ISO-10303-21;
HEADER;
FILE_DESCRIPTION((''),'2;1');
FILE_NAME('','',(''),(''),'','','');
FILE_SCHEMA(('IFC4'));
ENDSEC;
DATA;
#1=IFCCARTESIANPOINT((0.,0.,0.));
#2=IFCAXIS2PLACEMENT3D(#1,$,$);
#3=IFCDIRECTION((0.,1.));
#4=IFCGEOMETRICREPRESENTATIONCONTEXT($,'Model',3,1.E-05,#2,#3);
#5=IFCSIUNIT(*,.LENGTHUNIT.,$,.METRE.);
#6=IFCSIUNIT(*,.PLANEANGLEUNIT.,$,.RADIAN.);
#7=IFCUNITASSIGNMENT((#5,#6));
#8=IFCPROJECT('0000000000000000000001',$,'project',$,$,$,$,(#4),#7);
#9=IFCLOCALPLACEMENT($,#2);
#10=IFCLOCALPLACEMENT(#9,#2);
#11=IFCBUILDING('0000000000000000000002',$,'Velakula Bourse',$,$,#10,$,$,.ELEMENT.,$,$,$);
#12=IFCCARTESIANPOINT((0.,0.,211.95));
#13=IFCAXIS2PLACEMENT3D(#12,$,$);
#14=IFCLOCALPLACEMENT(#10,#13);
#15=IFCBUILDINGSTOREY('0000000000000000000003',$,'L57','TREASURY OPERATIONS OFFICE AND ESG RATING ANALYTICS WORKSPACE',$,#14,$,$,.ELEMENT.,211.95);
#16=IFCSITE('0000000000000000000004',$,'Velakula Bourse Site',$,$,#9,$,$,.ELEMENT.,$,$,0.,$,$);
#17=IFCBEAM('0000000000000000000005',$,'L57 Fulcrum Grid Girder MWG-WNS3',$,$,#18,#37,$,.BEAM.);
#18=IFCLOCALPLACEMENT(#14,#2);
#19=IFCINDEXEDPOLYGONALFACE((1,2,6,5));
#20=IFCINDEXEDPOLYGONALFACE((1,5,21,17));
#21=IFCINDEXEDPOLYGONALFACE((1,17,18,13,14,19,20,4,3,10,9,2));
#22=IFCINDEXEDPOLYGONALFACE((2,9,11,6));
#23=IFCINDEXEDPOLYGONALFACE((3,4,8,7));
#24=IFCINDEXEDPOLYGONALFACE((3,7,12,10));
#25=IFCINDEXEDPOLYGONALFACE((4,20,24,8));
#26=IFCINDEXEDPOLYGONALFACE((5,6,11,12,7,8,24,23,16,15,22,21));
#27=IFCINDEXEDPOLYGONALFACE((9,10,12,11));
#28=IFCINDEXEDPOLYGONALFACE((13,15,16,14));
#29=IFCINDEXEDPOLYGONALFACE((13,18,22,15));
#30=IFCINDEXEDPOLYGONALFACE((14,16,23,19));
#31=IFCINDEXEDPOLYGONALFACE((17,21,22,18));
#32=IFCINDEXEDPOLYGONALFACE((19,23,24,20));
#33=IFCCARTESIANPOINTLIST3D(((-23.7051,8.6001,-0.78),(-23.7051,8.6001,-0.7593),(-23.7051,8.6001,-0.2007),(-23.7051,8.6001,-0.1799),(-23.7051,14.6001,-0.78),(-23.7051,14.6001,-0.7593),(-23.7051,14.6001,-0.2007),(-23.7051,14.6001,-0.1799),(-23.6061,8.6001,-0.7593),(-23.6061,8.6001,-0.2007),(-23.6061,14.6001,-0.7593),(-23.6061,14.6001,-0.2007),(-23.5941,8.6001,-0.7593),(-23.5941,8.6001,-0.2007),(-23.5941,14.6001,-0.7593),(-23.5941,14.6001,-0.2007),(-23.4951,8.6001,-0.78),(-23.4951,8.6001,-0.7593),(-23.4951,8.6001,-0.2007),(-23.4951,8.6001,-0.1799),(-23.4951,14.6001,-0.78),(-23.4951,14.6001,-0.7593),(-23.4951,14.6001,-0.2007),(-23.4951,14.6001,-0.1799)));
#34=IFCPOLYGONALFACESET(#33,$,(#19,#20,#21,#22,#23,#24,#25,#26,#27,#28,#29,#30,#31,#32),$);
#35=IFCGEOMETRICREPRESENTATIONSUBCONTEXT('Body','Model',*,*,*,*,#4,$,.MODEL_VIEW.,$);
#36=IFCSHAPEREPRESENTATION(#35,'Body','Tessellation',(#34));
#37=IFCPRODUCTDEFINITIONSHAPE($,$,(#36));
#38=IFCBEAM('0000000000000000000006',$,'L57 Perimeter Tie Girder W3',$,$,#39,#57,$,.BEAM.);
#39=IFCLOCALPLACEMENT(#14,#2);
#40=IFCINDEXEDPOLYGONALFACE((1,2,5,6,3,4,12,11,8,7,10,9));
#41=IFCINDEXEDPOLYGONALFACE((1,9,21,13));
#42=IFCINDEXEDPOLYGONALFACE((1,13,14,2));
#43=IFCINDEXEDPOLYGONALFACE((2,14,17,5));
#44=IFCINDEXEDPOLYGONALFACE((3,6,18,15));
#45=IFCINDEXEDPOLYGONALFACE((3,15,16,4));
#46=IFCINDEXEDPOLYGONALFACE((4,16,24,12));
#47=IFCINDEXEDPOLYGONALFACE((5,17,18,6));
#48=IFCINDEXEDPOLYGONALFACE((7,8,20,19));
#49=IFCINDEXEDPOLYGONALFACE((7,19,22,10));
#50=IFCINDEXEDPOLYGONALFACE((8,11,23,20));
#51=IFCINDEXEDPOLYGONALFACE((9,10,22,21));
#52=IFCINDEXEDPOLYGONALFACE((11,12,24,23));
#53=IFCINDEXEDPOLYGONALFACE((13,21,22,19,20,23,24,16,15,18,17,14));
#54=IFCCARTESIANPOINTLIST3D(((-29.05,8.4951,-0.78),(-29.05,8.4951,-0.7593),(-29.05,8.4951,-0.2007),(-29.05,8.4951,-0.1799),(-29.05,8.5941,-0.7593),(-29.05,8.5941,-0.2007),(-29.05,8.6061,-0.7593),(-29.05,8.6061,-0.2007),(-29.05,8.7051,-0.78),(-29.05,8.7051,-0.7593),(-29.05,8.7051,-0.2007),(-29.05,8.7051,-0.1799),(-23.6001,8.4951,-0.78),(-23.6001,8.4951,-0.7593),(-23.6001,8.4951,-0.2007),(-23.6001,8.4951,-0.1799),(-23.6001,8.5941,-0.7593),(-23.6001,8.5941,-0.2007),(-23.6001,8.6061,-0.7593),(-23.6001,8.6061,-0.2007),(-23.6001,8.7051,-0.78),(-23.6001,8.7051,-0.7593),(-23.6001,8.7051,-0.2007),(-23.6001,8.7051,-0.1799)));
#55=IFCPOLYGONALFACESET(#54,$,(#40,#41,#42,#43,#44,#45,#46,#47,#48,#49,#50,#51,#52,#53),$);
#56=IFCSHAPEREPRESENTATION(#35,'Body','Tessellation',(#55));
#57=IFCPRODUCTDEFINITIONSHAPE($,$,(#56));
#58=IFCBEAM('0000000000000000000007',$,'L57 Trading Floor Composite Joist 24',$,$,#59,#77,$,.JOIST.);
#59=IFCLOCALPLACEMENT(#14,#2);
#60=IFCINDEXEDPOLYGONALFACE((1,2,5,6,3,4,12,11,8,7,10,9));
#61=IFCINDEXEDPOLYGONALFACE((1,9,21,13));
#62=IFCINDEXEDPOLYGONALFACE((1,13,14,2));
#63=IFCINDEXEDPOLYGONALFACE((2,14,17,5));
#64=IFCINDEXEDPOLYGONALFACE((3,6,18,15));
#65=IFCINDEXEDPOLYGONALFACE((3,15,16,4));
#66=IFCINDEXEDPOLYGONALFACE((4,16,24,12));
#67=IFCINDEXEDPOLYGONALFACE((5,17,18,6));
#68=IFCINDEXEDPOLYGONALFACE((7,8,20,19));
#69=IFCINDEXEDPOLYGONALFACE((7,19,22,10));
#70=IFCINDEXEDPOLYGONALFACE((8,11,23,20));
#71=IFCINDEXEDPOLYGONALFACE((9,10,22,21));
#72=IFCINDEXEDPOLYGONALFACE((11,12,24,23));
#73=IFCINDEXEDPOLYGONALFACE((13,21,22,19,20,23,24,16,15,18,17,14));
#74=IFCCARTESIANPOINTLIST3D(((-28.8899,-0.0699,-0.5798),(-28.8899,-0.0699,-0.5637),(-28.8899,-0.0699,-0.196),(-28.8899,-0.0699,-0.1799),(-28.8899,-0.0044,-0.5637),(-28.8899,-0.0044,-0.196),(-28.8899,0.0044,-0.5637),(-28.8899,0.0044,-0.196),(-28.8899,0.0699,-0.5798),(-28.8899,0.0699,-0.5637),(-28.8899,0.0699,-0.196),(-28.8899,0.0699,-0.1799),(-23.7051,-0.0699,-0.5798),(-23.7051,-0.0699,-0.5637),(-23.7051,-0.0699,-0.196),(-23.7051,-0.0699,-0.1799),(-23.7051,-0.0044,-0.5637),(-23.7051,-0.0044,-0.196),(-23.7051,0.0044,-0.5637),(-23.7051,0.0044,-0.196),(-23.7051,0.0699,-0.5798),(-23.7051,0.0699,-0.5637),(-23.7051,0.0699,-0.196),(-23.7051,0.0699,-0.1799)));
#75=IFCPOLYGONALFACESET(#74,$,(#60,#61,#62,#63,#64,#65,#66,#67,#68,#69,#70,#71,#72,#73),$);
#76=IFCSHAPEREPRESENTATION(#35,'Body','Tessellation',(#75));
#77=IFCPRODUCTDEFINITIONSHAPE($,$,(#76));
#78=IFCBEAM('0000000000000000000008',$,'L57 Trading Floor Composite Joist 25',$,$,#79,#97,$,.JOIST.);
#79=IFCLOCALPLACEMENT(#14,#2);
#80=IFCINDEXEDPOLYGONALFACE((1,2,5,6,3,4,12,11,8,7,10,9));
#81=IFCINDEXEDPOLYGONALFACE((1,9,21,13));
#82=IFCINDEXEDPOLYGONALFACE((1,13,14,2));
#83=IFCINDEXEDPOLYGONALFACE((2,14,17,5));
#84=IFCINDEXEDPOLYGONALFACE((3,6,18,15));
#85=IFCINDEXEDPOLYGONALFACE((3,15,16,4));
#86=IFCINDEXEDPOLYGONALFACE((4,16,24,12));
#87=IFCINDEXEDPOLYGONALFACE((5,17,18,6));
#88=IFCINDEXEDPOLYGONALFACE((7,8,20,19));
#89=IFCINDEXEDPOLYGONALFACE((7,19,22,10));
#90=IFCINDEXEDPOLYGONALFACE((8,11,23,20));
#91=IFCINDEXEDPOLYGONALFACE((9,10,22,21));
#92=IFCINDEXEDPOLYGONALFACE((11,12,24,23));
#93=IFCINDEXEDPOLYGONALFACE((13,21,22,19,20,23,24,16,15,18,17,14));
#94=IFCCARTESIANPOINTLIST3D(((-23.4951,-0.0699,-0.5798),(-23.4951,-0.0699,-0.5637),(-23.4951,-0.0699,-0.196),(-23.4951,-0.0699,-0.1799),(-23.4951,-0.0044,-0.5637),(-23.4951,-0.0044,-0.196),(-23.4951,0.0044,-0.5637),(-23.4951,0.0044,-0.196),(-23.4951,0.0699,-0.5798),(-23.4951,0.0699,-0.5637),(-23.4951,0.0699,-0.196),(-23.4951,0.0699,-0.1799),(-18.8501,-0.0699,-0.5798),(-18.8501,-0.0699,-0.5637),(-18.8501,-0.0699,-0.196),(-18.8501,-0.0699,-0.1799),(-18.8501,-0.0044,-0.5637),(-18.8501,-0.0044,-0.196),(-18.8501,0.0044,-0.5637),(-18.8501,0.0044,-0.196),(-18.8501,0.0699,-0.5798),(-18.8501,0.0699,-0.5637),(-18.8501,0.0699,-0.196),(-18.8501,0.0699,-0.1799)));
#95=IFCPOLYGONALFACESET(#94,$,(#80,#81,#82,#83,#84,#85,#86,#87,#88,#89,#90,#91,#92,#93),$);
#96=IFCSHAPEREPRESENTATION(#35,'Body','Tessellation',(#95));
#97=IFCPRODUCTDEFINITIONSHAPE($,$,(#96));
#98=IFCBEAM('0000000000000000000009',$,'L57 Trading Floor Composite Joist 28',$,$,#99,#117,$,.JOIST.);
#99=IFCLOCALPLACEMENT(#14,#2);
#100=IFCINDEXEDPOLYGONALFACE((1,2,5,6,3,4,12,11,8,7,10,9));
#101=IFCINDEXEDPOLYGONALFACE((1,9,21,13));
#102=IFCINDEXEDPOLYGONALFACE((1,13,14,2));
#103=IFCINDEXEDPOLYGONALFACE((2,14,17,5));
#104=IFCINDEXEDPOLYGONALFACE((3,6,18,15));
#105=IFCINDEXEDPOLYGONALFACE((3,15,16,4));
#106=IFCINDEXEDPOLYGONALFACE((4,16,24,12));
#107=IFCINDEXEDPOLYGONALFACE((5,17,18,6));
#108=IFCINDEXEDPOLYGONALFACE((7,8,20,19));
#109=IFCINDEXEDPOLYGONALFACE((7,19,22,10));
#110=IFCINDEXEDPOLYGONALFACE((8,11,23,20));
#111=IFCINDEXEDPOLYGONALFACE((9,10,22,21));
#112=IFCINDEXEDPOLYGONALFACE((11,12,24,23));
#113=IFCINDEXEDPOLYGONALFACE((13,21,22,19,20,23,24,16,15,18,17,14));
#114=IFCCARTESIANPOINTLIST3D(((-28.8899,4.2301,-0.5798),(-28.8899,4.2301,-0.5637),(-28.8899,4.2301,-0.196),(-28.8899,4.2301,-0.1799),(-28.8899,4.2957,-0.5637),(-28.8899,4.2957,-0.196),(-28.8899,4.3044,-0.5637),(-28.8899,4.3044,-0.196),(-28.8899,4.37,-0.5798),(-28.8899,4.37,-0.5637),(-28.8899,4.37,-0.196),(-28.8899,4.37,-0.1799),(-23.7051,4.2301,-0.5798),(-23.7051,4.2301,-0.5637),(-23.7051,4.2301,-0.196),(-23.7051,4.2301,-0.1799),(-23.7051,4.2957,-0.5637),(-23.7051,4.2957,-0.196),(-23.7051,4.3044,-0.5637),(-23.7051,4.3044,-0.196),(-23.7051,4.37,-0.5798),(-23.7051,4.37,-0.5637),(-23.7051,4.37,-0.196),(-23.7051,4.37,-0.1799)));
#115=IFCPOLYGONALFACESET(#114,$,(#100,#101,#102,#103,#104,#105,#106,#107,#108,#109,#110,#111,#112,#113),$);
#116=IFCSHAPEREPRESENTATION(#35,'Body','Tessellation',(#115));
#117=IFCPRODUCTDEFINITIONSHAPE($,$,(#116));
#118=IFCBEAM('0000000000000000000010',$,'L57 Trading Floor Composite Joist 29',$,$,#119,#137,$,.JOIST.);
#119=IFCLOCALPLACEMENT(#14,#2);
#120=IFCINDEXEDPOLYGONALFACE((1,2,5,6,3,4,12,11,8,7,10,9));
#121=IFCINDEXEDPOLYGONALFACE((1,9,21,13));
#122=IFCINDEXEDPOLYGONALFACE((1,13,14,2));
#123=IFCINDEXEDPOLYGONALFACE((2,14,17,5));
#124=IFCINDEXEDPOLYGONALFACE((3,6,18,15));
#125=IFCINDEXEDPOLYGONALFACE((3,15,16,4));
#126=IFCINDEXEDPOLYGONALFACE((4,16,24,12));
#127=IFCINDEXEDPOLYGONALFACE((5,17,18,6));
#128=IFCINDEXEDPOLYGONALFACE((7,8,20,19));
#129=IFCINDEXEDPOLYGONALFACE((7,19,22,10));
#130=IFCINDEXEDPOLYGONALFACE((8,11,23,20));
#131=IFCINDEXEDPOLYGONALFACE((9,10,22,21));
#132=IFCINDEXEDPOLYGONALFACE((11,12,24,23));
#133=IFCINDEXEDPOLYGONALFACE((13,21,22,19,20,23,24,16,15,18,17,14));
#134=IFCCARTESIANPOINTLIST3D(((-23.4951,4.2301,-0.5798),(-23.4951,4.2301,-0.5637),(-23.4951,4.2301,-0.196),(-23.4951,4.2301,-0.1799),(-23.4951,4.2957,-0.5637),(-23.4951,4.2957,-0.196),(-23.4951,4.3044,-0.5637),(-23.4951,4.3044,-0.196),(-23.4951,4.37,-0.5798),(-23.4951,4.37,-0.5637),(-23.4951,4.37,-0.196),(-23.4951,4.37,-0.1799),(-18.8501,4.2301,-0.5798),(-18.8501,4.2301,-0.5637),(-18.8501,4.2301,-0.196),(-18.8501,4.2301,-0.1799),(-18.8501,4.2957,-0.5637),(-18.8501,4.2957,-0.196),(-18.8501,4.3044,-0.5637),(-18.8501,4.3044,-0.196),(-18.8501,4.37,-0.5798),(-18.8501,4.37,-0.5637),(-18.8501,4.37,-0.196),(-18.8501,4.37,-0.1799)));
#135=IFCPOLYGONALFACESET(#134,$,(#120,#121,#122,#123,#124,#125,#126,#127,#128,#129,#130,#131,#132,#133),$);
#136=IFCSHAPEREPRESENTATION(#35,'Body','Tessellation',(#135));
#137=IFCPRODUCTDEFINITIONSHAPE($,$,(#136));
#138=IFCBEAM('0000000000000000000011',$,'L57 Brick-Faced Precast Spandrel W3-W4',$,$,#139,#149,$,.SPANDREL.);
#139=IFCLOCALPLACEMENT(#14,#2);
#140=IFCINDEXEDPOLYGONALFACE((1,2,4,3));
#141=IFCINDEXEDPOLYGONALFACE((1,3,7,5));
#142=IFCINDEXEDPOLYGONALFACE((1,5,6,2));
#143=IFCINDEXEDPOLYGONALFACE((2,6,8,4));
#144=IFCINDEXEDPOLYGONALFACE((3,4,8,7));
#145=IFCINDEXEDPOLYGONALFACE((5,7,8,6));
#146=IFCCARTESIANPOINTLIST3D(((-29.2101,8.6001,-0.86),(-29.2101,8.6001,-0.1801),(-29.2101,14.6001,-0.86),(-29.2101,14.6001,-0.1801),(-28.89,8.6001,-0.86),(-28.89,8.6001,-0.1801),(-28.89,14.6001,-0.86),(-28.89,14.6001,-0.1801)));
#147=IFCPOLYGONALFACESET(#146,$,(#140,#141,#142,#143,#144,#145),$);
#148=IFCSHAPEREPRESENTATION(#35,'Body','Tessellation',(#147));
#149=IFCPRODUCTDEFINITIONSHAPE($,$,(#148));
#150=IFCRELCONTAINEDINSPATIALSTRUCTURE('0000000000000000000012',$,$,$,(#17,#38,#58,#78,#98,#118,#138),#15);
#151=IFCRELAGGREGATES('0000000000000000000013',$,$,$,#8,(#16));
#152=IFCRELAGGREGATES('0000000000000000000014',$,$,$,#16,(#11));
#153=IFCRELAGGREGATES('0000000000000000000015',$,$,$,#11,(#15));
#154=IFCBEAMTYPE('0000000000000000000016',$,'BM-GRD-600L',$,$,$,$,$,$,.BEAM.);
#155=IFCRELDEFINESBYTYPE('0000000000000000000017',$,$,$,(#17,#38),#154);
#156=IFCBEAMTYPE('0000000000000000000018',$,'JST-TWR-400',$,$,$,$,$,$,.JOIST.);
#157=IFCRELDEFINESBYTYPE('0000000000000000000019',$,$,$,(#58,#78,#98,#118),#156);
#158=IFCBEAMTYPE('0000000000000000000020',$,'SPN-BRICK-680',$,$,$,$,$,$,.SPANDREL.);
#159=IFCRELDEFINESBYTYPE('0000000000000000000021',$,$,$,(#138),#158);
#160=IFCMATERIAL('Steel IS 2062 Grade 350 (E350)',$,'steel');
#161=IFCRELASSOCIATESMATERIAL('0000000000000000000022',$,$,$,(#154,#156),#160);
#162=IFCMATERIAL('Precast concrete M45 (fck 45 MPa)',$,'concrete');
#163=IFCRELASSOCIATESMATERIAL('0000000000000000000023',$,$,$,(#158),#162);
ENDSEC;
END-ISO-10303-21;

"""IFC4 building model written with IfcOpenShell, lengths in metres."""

from ifc_helpers import new_model, si_unit, direction, frame, origin, origin_2d, place, context, subcontext, project, spatial, rectangle, i_section, extrude, material, material_profile, profile_set, type_object, element, save


model = new_model("IFC4")

# Units and contexts
model_context = context("Model", 3, precision=1e-05, world=origin(), true_north=direction((0.0, 1.0)))
body_context = subcontext(model_context, "Body", "Model", "MODEL_VIEW")
ifc_project = project(units=[si_unit("LENGTHUNIT", "METRE"), si_unit("PLANEANGLEUNIT", "RADIAN")], contexts=[model_context])

# Site, building, storey
site_placement = place(None, origin())
site = spatial("IfcSite", under=ifc_project, at=site_placement, Name="Velakula Bourse Site", CompositionType="ELEMENT", RefElevation=0.0)
building_placement = place(site_placement, origin())
building = spatial("IfcBuilding", under=site, at=building_placement, Name="Velakula Bourse", CompositionType="ELEMENT")
storey_placement = place(building_placement, frame((0.0, 0.0, 211.95)))
storey = spatial("IfcBuildingStorey", under=building, at=storey_placement, Name="L57", Description="TREASURY OPERATIONS OFFICE AND ESG RATING ANALYTICS WORKSPACE", CompositionType="ELEMENT", Elevation=211.95)

# Shared definitions
ifc_material_1 = material(Name="Steel IS 2062 Grade 350 (E350)", Category="steel")

# Beams
ifc_material_profile_1 = material_profile(ifc_material_1, i_section(OverallWidth=0.21, OverallDepth=0.6001, WebThickness=0.012, FlangeThickness=0.0208, at=origin_2d()), Name="Steel IS 2062 Grade 350 (E350)")
ifc_profile_set_1 = profile_set([ifc_material_profile_1], Name="Steel IS 2062 Grade 350 (E350)")
beam_type_1 = type_object("IfcBeamType", Name="BM-GRD-600L", PredefinedType="BEAM", material=ifc_profile_set_1)
beam_1_placement = place(storey_placement, frame((-23.6001, 8.6001, -0.48), z_axis=(0.0, 1.0, 0.0), x_axis=(-1.0, 0.0, 0.0)))
element("IfcBeam", 1, at=beam_1_placement, inside=storey, type_object=beam_type_1, Name="L57 Fulcrum Grid Girder MWG-WNS3", PredefinedType="BEAM", context=body_context, shape_type="SweptSolid", body=[
    extrude(i_section(OverallWidth=0.21, OverallDepth=0.6001, WebThickness=0.012, FlangeThickness=0.0208, at=origin_2d()), origin(), (0.0, 0.0, 1.0), 6.0),
])
beam_2_placement = place(storey_placement, frame((-23.6001, 8.6001, -0.48), z_axis=(-1.0, 0.0, 0.0), x_axis=(0.0, -1.0, 0.0)))
element("IfcBeam", 2, at=beam_2_placement, inside=storey, type_object=beam_type_1, Name="L57 Perimeter Tie Girder W3", PredefinedType="BEAM", context=body_context, shape_type="SweptSolid", body=[
    extrude(i_section(OverallWidth=0.21, OverallDepth=0.6001, WebThickness=0.012, FlangeThickness=0.0208, at=origin_2d()), origin(), (0.0, 0.0, 1.0), 5.45),
])
ifc_material_profile_2 = material_profile(ifc_material_1, i_section(OverallWidth=0.1399, OverallDepth=0.3999, WebThickness=0.0088, FlangeThickness=0.0161, at=origin_2d()), Name="Steel IS 2062 Grade 350 (E350)")
ifc_profile_set_2 = profile_set([ifc_material_profile_2], Name="Steel IS 2062 Grade 350 (E350)")
beam_type_2 = type_object("IfcBeamType", Name="JST-TWR-400", PredefinedType="JOIST", material=ifc_profile_set_2)
beam_3_placement = place(storey_placement, frame((-28.8899, 0.0, -0.3799), z_axis=(1.0, 0.0, 0.0), x_axis=(0.0, 1.0, 0.0)))
element("IfcBeam", 3, at=beam_3_placement, inside=storey, type_object=beam_type_2, Name="L57 Trading Floor Composite Joist 24", PredefinedType="JOIST", context=body_context, shape_type="SweptSolid", body=[
    extrude(i_section(OverallWidth=0.1399, OverallDepth=0.3999, WebThickness=0.0088, FlangeThickness=0.0161, at=origin_2d()), origin(), (0.0, 0.0, 1.0), 5.1848),
])
beam_4_placement = place(storey_placement, frame((-23.4951, 0.0, -0.3799), z_axis=(1.0, 0.0, 0.0), x_axis=(0.0, 1.0, 0.0)))
element("IfcBeam", 4, at=beam_4_placement, inside=storey, type_object=beam_type_2, Name="L57 Trading Floor Composite Joist 25", PredefinedType="JOIST", context=body_context, shape_type="SweptSolid", body=[
    extrude(i_section(OverallWidth=0.1399, OverallDepth=0.3999, WebThickness=0.0088, FlangeThickness=0.0161, at=origin_2d()), origin(), (0.0, 0.0, 1.0), 4.645),
])
beam_5_placement = place(storey_placement, frame((-28.8899, 4.3, -0.3799), z_axis=(1.0, 0.0, 0.0), x_axis=(0.0, 1.0, 0.0)))
element("IfcBeam", 5, at=beam_5_placement, inside=storey, type_object=beam_type_2, Name="L57 Trading Floor Composite Joist 28", PredefinedType="JOIST", context=body_context, shape_type="SweptSolid", body=[
    extrude(i_section(OverallWidth=0.1399, OverallDepth=0.3999, WebThickness=0.0088, FlangeThickness=0.0161, at=origin_2d()), origin(), (0.0, 0.0, 1.0), 5.1848),
])
beam_6_placement = place(storey_placement, frame((-23.4951, 4.3, -0.3799), z_axis=(1.0, 0.0, 0.0), x_axis=(0.0, 1.0, 0.0)))
element("IfcBeam", 6, at=beam_6_placement, inside=storey, type_object=beam_type_2, Name="L57 Trading Floor Composite Joist 29", PredefinedType="JOIST", context=body_context, shape_type="SweptSolid", body=[
    extrude(i_section(OverallWidth=0.1399, OverallDepth=0.3999, WebThickness=0.0088, FlangeThickness=0.0161, at=origin_2d()), origin(), (0.0, 0.0, 1.0), 4.645),
])
ifc_material_2 = material(Name="Precast concrete M45 (fck 45 MPa)", Category="concrete")
ifc_material_profile_3 = material_profile(ifc_material_2, rectangle(XDim=0.3201, YDim=0.6799, at=origin_2d()), Name="Precast concrete M45 (fck 45 MPa)")
ifc_profile_set_3 = profile_set([ifc_material_profile_3], Name="Precast concrete M45 (fck 45 MPa)")
beam_type_3 = type_object("IfcBeamType", Name="SPN-BRICK-680", PredefinedType="SPANDREL", material=ifc_profile_set_3)
beam_7_placement = place(storey_placement, frame((-29.05, 8.6001, -0.52), z_axis=(0.0, 1.0, 0.0), x_axis=(-1.0, 0.0, 0.0)))
element("IfcBeam", 7, at=beam_7_placement, inside=storey, type_object=beam_type_3, Name="L57 Brick-Faced Precast Spandrel W3-W4", PredefinedType="SPANDREL", context=body_context, shape_type="SweptSolid", body=[
    extrude(rectangle(XDim=0.3201, YDim=0.6799, at=origin_2d()), origin(), (0.0, 0.0, 1.0), 6.0),
])

save(model, "model.ifc")
